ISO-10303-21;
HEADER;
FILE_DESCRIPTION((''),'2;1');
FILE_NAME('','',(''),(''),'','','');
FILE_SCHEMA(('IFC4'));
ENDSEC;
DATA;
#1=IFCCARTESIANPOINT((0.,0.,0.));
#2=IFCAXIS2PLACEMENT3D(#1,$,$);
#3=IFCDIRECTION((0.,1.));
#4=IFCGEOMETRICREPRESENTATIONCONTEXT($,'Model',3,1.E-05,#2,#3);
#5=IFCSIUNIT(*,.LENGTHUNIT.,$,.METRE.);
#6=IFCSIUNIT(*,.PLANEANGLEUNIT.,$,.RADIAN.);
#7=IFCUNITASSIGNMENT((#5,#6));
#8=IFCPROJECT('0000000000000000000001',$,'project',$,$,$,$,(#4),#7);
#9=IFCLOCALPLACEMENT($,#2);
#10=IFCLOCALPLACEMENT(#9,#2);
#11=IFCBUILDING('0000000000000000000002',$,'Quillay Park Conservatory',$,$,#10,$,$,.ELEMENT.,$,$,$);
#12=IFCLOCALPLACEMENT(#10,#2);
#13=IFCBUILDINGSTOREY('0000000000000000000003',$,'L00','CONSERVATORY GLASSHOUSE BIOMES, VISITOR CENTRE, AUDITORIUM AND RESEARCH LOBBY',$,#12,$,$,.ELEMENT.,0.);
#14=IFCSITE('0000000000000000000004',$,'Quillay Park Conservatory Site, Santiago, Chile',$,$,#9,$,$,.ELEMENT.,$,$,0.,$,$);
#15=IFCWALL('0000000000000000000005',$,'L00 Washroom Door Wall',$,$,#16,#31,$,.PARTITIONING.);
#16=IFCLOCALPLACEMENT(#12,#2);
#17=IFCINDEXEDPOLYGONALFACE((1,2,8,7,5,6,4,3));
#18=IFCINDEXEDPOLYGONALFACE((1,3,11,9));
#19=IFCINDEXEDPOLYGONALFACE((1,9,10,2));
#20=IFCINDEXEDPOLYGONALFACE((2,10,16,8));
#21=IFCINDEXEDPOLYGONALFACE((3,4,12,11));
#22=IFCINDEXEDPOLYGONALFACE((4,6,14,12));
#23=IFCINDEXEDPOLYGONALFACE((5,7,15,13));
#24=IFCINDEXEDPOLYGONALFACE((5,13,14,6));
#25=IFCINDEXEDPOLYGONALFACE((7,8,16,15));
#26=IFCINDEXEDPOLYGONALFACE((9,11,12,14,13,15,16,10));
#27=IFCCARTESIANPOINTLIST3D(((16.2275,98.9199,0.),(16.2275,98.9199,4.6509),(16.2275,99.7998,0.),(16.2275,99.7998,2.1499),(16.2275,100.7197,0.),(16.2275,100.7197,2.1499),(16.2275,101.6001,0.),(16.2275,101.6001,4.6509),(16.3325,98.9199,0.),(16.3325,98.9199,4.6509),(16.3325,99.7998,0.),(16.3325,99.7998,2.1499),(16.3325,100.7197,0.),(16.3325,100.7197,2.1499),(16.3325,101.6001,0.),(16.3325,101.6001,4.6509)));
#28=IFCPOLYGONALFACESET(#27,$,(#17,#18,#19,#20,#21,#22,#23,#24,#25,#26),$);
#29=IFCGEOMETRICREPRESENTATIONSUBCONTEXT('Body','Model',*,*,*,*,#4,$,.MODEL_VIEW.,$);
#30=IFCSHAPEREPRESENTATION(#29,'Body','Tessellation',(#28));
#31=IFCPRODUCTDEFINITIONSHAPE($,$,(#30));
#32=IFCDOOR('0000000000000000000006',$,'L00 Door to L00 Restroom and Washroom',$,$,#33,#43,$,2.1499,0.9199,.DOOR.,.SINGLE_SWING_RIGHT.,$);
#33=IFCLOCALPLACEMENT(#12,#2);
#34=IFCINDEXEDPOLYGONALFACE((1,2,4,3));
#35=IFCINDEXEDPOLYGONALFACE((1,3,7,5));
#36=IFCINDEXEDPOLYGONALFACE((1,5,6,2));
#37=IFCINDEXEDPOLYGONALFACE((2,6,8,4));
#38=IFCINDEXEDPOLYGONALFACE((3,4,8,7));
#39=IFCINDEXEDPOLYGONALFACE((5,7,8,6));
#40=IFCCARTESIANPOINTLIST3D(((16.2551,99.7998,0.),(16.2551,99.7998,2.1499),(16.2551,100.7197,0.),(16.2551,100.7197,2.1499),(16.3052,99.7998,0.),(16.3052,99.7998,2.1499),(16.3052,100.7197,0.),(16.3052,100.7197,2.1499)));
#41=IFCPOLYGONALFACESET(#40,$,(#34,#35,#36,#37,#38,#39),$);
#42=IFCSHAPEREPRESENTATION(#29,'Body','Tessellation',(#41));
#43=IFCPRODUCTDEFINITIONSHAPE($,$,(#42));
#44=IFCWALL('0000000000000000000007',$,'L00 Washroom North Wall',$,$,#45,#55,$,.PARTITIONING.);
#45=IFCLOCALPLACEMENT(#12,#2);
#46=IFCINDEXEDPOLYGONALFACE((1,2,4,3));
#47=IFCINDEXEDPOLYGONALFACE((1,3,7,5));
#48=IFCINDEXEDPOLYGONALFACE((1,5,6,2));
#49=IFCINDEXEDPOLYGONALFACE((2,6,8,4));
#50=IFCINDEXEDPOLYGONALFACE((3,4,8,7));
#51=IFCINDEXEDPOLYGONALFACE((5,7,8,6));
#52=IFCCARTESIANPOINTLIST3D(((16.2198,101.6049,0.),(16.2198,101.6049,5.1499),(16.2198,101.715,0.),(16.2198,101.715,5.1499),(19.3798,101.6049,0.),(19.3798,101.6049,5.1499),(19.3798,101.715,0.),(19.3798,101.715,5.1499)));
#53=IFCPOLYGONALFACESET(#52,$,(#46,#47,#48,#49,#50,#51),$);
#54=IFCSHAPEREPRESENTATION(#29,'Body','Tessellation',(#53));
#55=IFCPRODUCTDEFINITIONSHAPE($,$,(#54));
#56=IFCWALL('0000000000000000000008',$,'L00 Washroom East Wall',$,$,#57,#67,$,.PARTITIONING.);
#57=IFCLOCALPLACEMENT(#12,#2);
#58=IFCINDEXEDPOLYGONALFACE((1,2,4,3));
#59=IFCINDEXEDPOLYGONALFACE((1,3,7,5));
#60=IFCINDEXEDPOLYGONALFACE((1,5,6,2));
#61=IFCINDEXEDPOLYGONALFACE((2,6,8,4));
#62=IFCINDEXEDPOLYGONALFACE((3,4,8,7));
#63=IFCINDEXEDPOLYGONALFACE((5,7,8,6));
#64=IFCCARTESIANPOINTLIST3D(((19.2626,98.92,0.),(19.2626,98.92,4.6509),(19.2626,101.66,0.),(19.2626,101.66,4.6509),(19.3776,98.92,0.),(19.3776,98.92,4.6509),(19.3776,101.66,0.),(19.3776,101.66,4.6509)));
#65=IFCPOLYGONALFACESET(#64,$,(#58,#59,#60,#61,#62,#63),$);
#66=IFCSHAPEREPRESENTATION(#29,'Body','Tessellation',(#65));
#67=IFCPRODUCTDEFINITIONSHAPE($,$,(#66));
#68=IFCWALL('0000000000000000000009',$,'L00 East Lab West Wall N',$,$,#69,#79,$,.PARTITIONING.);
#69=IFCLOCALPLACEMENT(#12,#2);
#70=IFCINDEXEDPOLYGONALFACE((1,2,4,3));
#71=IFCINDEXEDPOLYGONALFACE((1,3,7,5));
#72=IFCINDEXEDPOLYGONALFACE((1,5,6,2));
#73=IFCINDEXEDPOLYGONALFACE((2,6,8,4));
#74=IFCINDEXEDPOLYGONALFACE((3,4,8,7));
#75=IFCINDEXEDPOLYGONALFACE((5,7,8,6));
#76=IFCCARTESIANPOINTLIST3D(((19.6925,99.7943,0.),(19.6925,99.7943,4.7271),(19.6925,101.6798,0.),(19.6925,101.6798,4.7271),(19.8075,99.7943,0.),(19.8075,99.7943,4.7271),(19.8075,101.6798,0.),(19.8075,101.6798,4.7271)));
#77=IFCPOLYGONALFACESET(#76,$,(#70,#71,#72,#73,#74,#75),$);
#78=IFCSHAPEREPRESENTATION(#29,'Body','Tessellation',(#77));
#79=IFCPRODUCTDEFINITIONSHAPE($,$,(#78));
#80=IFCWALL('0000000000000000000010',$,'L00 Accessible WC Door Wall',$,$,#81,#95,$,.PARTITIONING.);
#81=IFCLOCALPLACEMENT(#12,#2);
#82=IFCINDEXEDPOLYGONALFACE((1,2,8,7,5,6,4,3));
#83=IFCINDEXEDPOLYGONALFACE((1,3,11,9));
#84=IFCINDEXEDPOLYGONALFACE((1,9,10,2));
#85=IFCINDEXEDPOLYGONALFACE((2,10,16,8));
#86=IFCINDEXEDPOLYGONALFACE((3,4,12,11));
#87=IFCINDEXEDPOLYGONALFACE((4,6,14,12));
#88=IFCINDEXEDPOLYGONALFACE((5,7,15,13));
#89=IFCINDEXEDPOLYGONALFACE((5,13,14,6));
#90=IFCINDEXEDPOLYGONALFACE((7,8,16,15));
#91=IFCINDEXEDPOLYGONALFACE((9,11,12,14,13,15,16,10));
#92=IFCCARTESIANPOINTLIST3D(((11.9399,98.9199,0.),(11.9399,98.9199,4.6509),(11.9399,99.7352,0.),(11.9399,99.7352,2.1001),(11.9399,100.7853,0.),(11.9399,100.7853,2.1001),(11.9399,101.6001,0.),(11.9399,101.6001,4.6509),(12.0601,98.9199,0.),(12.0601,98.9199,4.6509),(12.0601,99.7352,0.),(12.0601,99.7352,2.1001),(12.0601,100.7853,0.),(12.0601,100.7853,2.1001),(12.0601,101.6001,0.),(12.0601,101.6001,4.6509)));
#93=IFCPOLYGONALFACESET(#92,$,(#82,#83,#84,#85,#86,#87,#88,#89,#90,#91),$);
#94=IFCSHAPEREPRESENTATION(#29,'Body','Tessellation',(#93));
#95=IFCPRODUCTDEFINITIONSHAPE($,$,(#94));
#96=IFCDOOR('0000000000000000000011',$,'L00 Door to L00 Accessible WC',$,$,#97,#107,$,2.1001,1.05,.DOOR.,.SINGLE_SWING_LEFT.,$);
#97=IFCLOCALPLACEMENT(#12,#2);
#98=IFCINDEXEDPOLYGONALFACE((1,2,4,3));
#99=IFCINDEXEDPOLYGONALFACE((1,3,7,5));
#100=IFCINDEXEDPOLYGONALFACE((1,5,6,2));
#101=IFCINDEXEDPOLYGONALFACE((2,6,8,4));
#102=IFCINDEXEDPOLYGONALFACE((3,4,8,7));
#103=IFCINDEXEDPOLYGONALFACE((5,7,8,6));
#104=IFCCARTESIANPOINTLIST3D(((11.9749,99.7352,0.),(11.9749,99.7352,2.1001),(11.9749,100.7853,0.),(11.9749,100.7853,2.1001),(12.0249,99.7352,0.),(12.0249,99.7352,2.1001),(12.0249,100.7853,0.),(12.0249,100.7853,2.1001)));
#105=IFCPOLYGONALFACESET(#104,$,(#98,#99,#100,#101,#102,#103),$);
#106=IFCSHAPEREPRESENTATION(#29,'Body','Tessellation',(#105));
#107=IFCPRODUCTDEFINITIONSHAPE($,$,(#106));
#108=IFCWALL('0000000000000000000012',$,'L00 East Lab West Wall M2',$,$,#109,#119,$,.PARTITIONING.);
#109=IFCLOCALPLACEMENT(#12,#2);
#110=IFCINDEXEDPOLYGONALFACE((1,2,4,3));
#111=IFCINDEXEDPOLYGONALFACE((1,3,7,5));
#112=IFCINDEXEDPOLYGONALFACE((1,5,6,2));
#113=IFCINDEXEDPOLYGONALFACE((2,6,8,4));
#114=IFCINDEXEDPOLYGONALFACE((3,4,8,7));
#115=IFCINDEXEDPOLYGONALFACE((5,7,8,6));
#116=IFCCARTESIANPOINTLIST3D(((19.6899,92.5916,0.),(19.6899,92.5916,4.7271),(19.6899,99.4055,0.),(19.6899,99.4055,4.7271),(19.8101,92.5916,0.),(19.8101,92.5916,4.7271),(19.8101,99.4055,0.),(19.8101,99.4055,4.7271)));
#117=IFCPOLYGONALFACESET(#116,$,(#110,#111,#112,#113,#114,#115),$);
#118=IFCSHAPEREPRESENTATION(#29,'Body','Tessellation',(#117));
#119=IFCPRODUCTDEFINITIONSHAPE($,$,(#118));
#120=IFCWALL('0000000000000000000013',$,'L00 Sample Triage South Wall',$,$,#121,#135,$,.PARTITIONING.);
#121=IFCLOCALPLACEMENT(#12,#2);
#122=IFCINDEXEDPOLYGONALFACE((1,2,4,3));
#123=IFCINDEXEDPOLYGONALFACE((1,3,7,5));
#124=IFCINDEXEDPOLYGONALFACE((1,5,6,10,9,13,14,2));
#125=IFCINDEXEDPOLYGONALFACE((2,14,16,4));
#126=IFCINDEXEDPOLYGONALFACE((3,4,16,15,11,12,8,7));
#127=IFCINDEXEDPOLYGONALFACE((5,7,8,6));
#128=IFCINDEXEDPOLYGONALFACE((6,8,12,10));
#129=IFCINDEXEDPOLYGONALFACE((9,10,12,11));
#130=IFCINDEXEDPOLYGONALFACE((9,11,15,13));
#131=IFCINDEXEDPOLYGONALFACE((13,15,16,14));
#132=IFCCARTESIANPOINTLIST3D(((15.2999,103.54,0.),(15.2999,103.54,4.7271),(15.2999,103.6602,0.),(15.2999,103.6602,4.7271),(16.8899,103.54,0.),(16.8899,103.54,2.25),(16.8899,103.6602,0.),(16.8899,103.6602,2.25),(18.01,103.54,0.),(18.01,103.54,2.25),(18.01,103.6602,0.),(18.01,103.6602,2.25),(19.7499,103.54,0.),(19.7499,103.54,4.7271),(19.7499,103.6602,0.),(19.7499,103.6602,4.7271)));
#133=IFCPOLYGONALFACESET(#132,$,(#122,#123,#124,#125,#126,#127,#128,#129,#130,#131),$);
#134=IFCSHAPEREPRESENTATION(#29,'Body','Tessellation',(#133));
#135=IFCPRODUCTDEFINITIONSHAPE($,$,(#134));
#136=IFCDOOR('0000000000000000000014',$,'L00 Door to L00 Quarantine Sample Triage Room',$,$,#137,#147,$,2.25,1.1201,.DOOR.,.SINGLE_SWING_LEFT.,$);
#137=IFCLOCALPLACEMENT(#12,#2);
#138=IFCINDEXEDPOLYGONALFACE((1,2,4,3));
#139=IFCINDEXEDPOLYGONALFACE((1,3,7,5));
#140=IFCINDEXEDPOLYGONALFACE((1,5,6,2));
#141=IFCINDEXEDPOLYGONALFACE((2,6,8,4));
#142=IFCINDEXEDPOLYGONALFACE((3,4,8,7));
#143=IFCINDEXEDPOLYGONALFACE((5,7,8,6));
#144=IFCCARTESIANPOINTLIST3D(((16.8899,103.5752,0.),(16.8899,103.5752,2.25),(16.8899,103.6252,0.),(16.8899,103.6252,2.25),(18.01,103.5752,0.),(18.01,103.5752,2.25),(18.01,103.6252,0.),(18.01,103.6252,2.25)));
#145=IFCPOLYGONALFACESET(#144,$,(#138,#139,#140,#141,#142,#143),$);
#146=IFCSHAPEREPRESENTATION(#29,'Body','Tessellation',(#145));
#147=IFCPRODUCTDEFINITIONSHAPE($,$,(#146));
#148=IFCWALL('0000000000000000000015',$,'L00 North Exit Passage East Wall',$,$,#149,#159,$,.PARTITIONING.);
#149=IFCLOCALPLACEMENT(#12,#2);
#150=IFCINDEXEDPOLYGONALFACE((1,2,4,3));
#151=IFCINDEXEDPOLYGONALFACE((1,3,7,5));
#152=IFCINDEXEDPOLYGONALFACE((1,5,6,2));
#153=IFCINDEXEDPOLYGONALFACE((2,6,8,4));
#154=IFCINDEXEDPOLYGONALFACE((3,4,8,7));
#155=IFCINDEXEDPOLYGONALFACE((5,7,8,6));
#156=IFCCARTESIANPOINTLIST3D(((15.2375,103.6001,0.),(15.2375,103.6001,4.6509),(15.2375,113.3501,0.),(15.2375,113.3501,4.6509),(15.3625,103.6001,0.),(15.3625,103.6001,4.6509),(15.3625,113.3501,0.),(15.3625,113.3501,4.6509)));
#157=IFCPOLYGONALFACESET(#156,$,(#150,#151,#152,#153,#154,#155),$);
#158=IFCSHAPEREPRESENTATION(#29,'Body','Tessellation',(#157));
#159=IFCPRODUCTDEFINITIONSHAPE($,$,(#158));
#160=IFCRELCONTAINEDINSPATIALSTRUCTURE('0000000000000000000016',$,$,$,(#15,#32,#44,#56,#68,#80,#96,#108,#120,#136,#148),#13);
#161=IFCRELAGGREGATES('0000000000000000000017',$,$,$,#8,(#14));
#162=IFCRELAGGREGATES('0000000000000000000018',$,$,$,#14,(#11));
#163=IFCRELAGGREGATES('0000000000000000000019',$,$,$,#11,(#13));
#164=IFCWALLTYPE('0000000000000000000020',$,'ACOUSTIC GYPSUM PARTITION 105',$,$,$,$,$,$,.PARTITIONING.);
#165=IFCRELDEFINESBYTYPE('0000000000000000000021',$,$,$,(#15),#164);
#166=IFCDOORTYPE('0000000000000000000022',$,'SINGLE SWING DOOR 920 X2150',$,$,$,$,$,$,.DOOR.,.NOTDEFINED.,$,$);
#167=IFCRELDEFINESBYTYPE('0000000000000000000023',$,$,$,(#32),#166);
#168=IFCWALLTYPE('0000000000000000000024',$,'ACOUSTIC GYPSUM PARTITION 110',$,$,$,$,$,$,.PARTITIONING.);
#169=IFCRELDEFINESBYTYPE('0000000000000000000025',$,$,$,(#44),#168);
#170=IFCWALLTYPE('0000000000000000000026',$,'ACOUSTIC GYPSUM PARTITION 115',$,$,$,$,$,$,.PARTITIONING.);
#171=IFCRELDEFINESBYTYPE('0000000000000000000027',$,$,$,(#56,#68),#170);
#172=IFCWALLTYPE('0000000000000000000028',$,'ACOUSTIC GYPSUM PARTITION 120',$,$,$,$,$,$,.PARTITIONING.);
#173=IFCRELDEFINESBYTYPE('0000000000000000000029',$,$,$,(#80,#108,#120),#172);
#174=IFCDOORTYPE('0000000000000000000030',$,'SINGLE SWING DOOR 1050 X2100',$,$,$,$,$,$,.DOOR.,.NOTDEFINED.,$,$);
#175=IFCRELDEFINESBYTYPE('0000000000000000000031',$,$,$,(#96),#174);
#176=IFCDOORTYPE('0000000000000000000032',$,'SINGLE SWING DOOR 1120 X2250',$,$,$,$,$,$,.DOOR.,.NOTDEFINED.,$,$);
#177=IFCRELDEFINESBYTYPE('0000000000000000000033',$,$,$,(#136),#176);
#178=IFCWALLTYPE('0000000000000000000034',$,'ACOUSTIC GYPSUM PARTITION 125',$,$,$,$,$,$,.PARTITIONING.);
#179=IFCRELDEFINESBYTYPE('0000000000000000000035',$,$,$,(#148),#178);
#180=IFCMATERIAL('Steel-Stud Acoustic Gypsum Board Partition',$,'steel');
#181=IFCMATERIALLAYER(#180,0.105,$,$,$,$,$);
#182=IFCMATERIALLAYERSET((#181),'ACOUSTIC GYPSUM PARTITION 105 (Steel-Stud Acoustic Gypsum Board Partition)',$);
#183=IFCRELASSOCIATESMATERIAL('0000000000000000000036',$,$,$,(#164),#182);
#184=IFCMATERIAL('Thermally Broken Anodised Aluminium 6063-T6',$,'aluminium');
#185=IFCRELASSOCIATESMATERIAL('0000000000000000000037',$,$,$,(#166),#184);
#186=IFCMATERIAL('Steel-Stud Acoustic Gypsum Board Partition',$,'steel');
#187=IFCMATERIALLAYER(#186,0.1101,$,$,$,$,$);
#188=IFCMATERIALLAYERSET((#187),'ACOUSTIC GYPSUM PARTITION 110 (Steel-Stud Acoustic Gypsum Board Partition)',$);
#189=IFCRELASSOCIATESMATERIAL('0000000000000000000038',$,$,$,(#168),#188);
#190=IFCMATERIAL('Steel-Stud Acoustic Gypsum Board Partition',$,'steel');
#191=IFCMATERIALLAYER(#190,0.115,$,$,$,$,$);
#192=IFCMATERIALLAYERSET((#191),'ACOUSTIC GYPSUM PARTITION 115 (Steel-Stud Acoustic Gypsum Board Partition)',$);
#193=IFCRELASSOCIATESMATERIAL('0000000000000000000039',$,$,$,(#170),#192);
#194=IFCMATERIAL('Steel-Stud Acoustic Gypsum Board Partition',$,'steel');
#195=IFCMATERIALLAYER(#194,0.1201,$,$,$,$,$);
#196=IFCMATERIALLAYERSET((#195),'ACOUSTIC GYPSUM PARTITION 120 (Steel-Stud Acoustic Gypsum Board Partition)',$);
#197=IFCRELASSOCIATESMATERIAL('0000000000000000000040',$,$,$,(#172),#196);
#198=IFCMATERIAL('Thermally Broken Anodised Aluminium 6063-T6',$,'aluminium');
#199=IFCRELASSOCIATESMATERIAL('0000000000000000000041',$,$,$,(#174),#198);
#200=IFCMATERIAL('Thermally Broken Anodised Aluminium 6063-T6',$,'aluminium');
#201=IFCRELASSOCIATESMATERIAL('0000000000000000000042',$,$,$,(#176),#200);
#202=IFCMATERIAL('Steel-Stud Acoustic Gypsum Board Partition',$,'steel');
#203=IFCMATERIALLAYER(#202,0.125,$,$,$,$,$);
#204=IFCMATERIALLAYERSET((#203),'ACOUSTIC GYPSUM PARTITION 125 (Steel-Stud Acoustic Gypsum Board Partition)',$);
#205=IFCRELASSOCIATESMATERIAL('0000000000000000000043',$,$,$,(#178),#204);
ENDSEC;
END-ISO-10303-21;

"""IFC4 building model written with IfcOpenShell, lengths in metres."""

from ifc_helpers import new_model, si_unit, direction, frame, frame_2d, origin, place, context, subcontext, project, spatial, rectangle, extrude, material, layer, layer_set, type_object, element, fill, save


model = new_model("IFC4")

# Units and contexts
model_context = context("Model", 3, precision=1e-05, world=origin(), true_north=direction((0.0, 1.0)))
body_context = subcontext(model_context, "Body", "Model", "MODEL_VIEW")
ifc_project = project(units=[si_unit("LENGTHUNIT", "METRE"), si_unit("PLANEANGLEUNIT", "RADIAN")], contexts=[model_context])

# Site, building, storey
site_placement = place(None, origin())
site = spatial("IfcSite", under=ifc_project, at=site_placement, Name="Quillay Park Conservatory Site, Santiago, Chile", CompositionType="ELEMENT", RefElevation=0.0)
building_placement = place(site_placement, origin())
building = spatial("IfcBuilding", under=site, at=building_placement, Name="Quillay Park Conservatory", CompositionType="ELEMENT")
storey_placement = place(building_placement, origin())
storey = spatial("IfcBuildingStorey", under=building, at=storey_placement, Name="L00", Description="CONSERVATORY GLASSHOUSE BIOMES, VISITOR CENTRE, AUDITORIUM AND RESEARCH LOBBY", CompositionType="ELEMENT", Elevation=0.0)

# Wall, opening, door
ifc_material_1 = material(Name="Steel-Stud Acoustic Gypsum Board Partition", Category="steel")
ifc_layer_1 = layer(ifc_material_1, 0.105)
ifc_layer_set_1 = layer_set([ifc_layer_1], Name="ACOUSTIC GYPSUM PARTITION 105 (Steel-Stud Acoustic Gypsum Board Partition)")
wall_type_1 = type_object("IfcWallType", Name="ACOUSTIC GYPSUM PARTITION 105", PredefinedType="PARTITIONING", material=ifc_layer_set_1)
wall_1_placement = place(storey_placement, frame((16.28, 98.9199, 0.0), z_axis=(0.0, 0.0, 1.0), x_axis=(0.0, 1.0, 0.0)))
wall_1 = element("IfcWall", 1, at=wall_1_placement, inside=storey, type_object=wall_type_1, Name="L00 Washroom Door Wall", PredefinedType="PARTITIONING", context=body_context, shape_type="SweptSolid", body=[
    extrude(rectangle(XDim=2.6802, YDim=0.105, at=frame_2d((1.3401, 0.0))), origin(), (0.0, 0.0, 1.0), 4.6509),
])
opening_1_placement = place(wall_1_placement, frame((0.8799, 0.0, 0.0)))
opening_1 = element("IfcOpeningElement", 2, at=opening_1_placement, cuts=wall_1, PredefinedType="OPENING", context=body_context, shape_type="SweptSolid", body=[
    extrude(rectangle(XDim=0.9199, YDim=2.1499, at=frame_2d((0.46, 1.075))), frame((0.0, 0.0525, 0.0), z_axis=(0.0, -1.0, 0.0), x_axis=(1.0, 0.0, 0.0)), (0.0, 0.0, 1.0), 0.105),
])
ifc_material_2 = material(Name="Thermally Broken Anodised Aluminium 6063-T6", Category="aluminium")
door_type_1 = type_object("IfcDoorType", Name="SINGLE SWING DOOR 920 X2150", OperationType="NOTDEFINED", PredefinedType="DOOR", material=ifc_material_2)
door_1_placement = place(opening_1_placement, origin())
door_1 = element("IfcDoor", 3, at=door_1_placement, inside=storey, type_object=door_type_1, Name="L00 Door to L00 Restroom and Washroom", OperationType="SINGLE_SWING_RIGHT", OverallHeight=2.1499, OverallWidth=0.9199, PredefinedType="DOOR", context=body_context, shape_type="SweptSolid", body=[
    extrude(rectangle(XDim=0.9199, YDim=2.1499, at=frame_2d((0.46, 1.075))), frame((0.0, 0.0249, 0.0), z_axis=(0.0, -1.0, 0.0), x_axis=(1.0, 0.0, 0.0)), (0.0, 0.0, 1.0), 0.05),
])
fill(opening_1, door_1)

# Walls
ifc_material_3 = material(Name="Steel-Stud Acoustic Gypsum Board Partition", Category="steel")
ifc_layer_2 = layer(ifc_material_3, 0.1101)
ifc_layer_set_2 = layer_set([ifc_layer_2], Name="ACOUSTIC GYPSUM PARTITION 110 (Steel-Stud Acoustic Gypsum Board Partition)")
wall_type_2 = type_object("IfcWallType", Name="ACOUSTIC GYPSUM PARTITION 110", PredefinedType="PARTITIONING", material=ifc_layer_set_2)
wall_2_placement = place(storey_placement, frame((19.3799, 101.6599, 0.0), z_axis=(0.0, 0.0, 1.0), x_axis=(-1.0, 0.0, 0.0)))
element("IfcWall", 4, at=wall_2_placement, inside=storey, type_object=wall_type_2, Name="L00 Washroom North Wall", PredefinedType="PARTITIONING", context=body_context, shape_type="SweptSolid", body=[
    extrude(rectangle(XDim=3.1599, YDim=0.1101, at=frame_2d((1.5801, 0.0))), origin(), (0.0, 0.0, 1.0), 5.1499),
])
ifc_material_4 = material(Name="Steel-Stud Acoustic Gypsum Board Partition", Category="steel")
ifc_layer_3 = layer(ifc_material_4, 0.115)
ifc_layer_set_3 = layer_set([ifc_layer_3], Name="ACOUSTIC GYPSUM PARTITION 115 (Steel-Stud Acoustic Gypsum Board Partition)")
wall_type_3 = type_object("IfcWallType", Name="ACOUSTIC GYPSUM PARTITION 115", PredefinedType="PARTITIONING", material=ifc_layer_set_3)
wall_3_placement = place(storey_placement, frame((19.3201, 98.9199, 0.0), z_axis=(0.0, 0.0, 1.0), x_axis=(0.0, 1.0, 0.0)))
element("IfcWall", 5, at=wall_3_placement, inside=storey, type_object=wall_type_3, Name="L00 Washroom East Wall", PredefinedType="PARTITIONING", context=body_context, shape_type="SweptSolid", body=[
    extrude(rectangle(XDim=2.74, YDim=0.115, at=frame_2d((1.3701, 0.0))), origin(), (0.0, 0.0, 1.0), 4.6509),
])
wall_4_placement = place(storey_placement, frame((19.75, 101.6799, 0.0), z_axis=(0.0, 0.0, 1.0), x_axis=(0.0, -1.0, 0.0)))
element("IfcWall", 6, at=wall_4_placement, inside=storey, type_object=wall_type_3, Name="L00 East Lab West Wall N", PredefinedType="PARTITIONING", context=body_context, shape_type="SweptSolid", body=[
    extrude(rectangle(XDim=1.8855, YDim=0.115, at=frame_2d((0.9429, 0.0))), origin(), (0.0, 0.0, 1.0), 4.7271),
])

# Wall, opening, door
ifc_material_5 = material(Name="Steel-Stud Acoustic Gypsum Board Partition", Category="steel")
ifc_layer_4 = layer(ifc_material_5, 0.1201)
ifc_layer_set_4 = layer_set([ifc_layer_4], Name="ACOUSTIC GYPSUM PARTITION 120 (Steel-Stud Acoustic Gypsum Board Partition)")
wall_type_4 = type_object("IfcWallType", Name="ACOUSTIC GYPSUM PARTITION 120", PredefinedType="PARTITIONING", material=ifc_layer_set_4)
wall_5_placement = place(storey_placement, frame((12.0, 101.6001, 0.0), z_axis=(0.0, 0.0, 1.0), x_axis=(0.0, -1.0, 0.0)))
wall_5 = element("IfcWall", 7, at=wall_5_placement, inside=storey, type_object=wall_type_4, Name="L00 Accessible WC Door Wall", PredefinedType="PARTITIONING", context=body_context, shape_type="SweptSolid", body=[
    extrude(rectangle(XDim=2.6802, YDim=0.1201, at=frame_2d((1.3401, 0.0))), origin(), (0.0, 0.0, 1.0), 4.6509),
])
opening_2_placement = place(wall_5_placement, frame((0.8149, 0.0, 0.0)))
opening_2 = element("IfcOpeningElement", 8, at=opening_2_placement, cuts=wall_5, PredefinedType="OPENING", context=body_context, shape_type="SweptSolid", body=[
    extrude(rectangle(XDim=1.05, YDim=2.1001, at=frame_2d((0.5249, 1.05))), frame((0.0, 0.0601, 0.0), z_axis=(0.0, -1.0, 0.0), x_axis=(1.0, 0.0, 0.0)), (0.0, 0.0, 1.0), 0.1201),
])
ifc_material_6 = material(Name="Thermally Broken Anodised Aluminium 6063-T6", Category="aluminium")
door_type_2 = type_object("IfcDoorType", Name="SINGLE SWING DOOR 1050 X2100", OperationType="NOTDEFINED", PredefinedType="DOOR", material=ifc_material_6)
door_2_placement = place(opening_2_placement, origin())
door_2 = element("IfcDoor", 9, at=door_2_placement, inside=storey, type_object=door_type_2, Name="L00 Door to L00 Accessible WC", OperationType="SINGLE_SWING_LEFT", OverallHeight=2.1001, OverallWidth=1.05, PredefinedType="DOOR", context=body_context, shape_type="SweptSolid", body=[
    extrude(rectangle(XDim=1.05, YDim=2.1001, at=frame_2d((0.5249, 1.05))), frame((0.0, 0.0249, 0.0), z_axis=(0.0, -1.0, 0.0), x_axis=(1.0, 0.0, 0.0)), (0.0, 0.0, 1.0), 0.05),
])
fill(opening_2, door_2)

# Wall
wall_6_placement = place(storey_placement, frame((19.75, 99.4055, 0.0), z_axis=(0.0, 0.0, 1.0), x_axis=(0.0, -1.0, 0.0)))
element("IfcWall", 10, at=wall_6_placement, inside=storey, type_object=wall_type_4, Name="L00 East Lab West Wall M2", PredefinedType="PARTITIONING", context=body_context, shape_type="SweptSolid", body=[
    extrude(rectangle(XDim=6.814, YDim=0.1201, at=frame_2d((3.407, 0.0))), origin(), (0.0, 0.0, 1.0), 4.7271),
])

# Wall, opening, door
wall_7_placement = place(storey_placement, frame((19.75, 103.6001, 0.0), z_axis=(0.0, 0.0, 1.0), x_axis=(-1.0, 0.0, 0.0)))
wall_7 = element("IfcWall", 11, at=wall_7_placement, inside=storey, type_object=wall_type_4, Name="L00 Sample Triage South Wall", PredefinedType="PARTITIONING", context=body_context, shape_type="SweptSolid", body=[
    extrude(rectangle(XDim=4.45, YDim=0.1201, at=frame_2d((2.2251, 0.0))), origin(), (0.0, 0.0, 1.0), 4.7271),
])
opening_3_placement = place(wall_7_placement, frame((1.74, 0.0, 0.0)))
opening_3 = element("IfcOpeningElement", 12, at=opening_3_placement, cuts=wall_7, PredefinedType="OPENING", context=body_context, shape_type="SweptSolid", body=[
    extrude(rectangle(XDim=1.1201, YDim=2.25, at=frame_2d((0.5601, 1.125))), frame((0.0, 0.0601, 0.0), z_axis=(0.0, -1.0, 0.0), x_axis=(1.0, 0.0, 0.0)), (0.0, 0.0, 1.0), 0.1201),
])
ifc_material_7 = material(Name="Thermally Broken Anodised Aluminium 6063-T6", Category="aluminium")
door_type_3 = type_object("IfcDoorType", Name="SINGLE SWING DOOR 1120 X2250", OperationType="NOTDEFINED", PredefinedType="DOOR", material=ifc_material_7)
door_3_placement = place(opening_3_placement, origin())
door_3 = element("IfcDoor", 13, at=door_3_placement, inside=storey, type_object=door_type_3, Name="L00 Door to L00 Quarantine Sample Triage Room", OperationType="SINGLE_SWING_LEFT", OverallHeight=2.25, OverallWidth=1.1201, PredefinedType="DOOR", context=body_context, shape_type="SweptSolid", body=[
    extrude(rectangle(XDim=1.1201, YDim=2.25, at=frame_2d((0.5601, 1.125))), frame((0.0, 0.0249, 0.0), z_axis=(0.0, -1.0, 0.0), x_axis=(1.0, 0.0, 0.0)), (0.0, 0.0, 1.0), 0.05),
])
fill(opening_3, door_3)

# Wall
ifc_material_8 = material(Name="Steel-Stud Acoustic Gypsum Board Partition", Category="steel")
ifc_layer_5 = layer(ifc_material_8, 0.125)
ifc_layer_set_5 = layer_set([ifc_layer_5], Name="ACOUSTIC GYPSUM PARTITION 125 (Steel-Stud Acoustic Gypsum Board Partition)")
wall_type_5 = type_object("IfcWallType", Name="ACOUSTIC GYPSUM PARTITION 125", PredefinedType="PARTITIONING", material=ifc_layer_set_5)
wall_8_placement = place(storey_placement, frame((15.3, 103.6001, 0.0), z_axis=(0.0, 0.0, 1.0), x_axis=(0.0, 1.0, 0.0)))
element("IfcWall", 14, at=wall_8_placement, inside=storey, type_object=wall_type_5, Name="L00 North Exit Passage East Wall", PredefinedType="PARTITIONING", context=body_context, shape_type="SweptSolid", body=[
    extrude(rectangle(XDim=9.75, YDim=0.125, at=frame_2d((4.875, 0.0))), origin(), (0.0, 0.0, 1.0), 4.6509),
])

save(model, "model.ifc")
